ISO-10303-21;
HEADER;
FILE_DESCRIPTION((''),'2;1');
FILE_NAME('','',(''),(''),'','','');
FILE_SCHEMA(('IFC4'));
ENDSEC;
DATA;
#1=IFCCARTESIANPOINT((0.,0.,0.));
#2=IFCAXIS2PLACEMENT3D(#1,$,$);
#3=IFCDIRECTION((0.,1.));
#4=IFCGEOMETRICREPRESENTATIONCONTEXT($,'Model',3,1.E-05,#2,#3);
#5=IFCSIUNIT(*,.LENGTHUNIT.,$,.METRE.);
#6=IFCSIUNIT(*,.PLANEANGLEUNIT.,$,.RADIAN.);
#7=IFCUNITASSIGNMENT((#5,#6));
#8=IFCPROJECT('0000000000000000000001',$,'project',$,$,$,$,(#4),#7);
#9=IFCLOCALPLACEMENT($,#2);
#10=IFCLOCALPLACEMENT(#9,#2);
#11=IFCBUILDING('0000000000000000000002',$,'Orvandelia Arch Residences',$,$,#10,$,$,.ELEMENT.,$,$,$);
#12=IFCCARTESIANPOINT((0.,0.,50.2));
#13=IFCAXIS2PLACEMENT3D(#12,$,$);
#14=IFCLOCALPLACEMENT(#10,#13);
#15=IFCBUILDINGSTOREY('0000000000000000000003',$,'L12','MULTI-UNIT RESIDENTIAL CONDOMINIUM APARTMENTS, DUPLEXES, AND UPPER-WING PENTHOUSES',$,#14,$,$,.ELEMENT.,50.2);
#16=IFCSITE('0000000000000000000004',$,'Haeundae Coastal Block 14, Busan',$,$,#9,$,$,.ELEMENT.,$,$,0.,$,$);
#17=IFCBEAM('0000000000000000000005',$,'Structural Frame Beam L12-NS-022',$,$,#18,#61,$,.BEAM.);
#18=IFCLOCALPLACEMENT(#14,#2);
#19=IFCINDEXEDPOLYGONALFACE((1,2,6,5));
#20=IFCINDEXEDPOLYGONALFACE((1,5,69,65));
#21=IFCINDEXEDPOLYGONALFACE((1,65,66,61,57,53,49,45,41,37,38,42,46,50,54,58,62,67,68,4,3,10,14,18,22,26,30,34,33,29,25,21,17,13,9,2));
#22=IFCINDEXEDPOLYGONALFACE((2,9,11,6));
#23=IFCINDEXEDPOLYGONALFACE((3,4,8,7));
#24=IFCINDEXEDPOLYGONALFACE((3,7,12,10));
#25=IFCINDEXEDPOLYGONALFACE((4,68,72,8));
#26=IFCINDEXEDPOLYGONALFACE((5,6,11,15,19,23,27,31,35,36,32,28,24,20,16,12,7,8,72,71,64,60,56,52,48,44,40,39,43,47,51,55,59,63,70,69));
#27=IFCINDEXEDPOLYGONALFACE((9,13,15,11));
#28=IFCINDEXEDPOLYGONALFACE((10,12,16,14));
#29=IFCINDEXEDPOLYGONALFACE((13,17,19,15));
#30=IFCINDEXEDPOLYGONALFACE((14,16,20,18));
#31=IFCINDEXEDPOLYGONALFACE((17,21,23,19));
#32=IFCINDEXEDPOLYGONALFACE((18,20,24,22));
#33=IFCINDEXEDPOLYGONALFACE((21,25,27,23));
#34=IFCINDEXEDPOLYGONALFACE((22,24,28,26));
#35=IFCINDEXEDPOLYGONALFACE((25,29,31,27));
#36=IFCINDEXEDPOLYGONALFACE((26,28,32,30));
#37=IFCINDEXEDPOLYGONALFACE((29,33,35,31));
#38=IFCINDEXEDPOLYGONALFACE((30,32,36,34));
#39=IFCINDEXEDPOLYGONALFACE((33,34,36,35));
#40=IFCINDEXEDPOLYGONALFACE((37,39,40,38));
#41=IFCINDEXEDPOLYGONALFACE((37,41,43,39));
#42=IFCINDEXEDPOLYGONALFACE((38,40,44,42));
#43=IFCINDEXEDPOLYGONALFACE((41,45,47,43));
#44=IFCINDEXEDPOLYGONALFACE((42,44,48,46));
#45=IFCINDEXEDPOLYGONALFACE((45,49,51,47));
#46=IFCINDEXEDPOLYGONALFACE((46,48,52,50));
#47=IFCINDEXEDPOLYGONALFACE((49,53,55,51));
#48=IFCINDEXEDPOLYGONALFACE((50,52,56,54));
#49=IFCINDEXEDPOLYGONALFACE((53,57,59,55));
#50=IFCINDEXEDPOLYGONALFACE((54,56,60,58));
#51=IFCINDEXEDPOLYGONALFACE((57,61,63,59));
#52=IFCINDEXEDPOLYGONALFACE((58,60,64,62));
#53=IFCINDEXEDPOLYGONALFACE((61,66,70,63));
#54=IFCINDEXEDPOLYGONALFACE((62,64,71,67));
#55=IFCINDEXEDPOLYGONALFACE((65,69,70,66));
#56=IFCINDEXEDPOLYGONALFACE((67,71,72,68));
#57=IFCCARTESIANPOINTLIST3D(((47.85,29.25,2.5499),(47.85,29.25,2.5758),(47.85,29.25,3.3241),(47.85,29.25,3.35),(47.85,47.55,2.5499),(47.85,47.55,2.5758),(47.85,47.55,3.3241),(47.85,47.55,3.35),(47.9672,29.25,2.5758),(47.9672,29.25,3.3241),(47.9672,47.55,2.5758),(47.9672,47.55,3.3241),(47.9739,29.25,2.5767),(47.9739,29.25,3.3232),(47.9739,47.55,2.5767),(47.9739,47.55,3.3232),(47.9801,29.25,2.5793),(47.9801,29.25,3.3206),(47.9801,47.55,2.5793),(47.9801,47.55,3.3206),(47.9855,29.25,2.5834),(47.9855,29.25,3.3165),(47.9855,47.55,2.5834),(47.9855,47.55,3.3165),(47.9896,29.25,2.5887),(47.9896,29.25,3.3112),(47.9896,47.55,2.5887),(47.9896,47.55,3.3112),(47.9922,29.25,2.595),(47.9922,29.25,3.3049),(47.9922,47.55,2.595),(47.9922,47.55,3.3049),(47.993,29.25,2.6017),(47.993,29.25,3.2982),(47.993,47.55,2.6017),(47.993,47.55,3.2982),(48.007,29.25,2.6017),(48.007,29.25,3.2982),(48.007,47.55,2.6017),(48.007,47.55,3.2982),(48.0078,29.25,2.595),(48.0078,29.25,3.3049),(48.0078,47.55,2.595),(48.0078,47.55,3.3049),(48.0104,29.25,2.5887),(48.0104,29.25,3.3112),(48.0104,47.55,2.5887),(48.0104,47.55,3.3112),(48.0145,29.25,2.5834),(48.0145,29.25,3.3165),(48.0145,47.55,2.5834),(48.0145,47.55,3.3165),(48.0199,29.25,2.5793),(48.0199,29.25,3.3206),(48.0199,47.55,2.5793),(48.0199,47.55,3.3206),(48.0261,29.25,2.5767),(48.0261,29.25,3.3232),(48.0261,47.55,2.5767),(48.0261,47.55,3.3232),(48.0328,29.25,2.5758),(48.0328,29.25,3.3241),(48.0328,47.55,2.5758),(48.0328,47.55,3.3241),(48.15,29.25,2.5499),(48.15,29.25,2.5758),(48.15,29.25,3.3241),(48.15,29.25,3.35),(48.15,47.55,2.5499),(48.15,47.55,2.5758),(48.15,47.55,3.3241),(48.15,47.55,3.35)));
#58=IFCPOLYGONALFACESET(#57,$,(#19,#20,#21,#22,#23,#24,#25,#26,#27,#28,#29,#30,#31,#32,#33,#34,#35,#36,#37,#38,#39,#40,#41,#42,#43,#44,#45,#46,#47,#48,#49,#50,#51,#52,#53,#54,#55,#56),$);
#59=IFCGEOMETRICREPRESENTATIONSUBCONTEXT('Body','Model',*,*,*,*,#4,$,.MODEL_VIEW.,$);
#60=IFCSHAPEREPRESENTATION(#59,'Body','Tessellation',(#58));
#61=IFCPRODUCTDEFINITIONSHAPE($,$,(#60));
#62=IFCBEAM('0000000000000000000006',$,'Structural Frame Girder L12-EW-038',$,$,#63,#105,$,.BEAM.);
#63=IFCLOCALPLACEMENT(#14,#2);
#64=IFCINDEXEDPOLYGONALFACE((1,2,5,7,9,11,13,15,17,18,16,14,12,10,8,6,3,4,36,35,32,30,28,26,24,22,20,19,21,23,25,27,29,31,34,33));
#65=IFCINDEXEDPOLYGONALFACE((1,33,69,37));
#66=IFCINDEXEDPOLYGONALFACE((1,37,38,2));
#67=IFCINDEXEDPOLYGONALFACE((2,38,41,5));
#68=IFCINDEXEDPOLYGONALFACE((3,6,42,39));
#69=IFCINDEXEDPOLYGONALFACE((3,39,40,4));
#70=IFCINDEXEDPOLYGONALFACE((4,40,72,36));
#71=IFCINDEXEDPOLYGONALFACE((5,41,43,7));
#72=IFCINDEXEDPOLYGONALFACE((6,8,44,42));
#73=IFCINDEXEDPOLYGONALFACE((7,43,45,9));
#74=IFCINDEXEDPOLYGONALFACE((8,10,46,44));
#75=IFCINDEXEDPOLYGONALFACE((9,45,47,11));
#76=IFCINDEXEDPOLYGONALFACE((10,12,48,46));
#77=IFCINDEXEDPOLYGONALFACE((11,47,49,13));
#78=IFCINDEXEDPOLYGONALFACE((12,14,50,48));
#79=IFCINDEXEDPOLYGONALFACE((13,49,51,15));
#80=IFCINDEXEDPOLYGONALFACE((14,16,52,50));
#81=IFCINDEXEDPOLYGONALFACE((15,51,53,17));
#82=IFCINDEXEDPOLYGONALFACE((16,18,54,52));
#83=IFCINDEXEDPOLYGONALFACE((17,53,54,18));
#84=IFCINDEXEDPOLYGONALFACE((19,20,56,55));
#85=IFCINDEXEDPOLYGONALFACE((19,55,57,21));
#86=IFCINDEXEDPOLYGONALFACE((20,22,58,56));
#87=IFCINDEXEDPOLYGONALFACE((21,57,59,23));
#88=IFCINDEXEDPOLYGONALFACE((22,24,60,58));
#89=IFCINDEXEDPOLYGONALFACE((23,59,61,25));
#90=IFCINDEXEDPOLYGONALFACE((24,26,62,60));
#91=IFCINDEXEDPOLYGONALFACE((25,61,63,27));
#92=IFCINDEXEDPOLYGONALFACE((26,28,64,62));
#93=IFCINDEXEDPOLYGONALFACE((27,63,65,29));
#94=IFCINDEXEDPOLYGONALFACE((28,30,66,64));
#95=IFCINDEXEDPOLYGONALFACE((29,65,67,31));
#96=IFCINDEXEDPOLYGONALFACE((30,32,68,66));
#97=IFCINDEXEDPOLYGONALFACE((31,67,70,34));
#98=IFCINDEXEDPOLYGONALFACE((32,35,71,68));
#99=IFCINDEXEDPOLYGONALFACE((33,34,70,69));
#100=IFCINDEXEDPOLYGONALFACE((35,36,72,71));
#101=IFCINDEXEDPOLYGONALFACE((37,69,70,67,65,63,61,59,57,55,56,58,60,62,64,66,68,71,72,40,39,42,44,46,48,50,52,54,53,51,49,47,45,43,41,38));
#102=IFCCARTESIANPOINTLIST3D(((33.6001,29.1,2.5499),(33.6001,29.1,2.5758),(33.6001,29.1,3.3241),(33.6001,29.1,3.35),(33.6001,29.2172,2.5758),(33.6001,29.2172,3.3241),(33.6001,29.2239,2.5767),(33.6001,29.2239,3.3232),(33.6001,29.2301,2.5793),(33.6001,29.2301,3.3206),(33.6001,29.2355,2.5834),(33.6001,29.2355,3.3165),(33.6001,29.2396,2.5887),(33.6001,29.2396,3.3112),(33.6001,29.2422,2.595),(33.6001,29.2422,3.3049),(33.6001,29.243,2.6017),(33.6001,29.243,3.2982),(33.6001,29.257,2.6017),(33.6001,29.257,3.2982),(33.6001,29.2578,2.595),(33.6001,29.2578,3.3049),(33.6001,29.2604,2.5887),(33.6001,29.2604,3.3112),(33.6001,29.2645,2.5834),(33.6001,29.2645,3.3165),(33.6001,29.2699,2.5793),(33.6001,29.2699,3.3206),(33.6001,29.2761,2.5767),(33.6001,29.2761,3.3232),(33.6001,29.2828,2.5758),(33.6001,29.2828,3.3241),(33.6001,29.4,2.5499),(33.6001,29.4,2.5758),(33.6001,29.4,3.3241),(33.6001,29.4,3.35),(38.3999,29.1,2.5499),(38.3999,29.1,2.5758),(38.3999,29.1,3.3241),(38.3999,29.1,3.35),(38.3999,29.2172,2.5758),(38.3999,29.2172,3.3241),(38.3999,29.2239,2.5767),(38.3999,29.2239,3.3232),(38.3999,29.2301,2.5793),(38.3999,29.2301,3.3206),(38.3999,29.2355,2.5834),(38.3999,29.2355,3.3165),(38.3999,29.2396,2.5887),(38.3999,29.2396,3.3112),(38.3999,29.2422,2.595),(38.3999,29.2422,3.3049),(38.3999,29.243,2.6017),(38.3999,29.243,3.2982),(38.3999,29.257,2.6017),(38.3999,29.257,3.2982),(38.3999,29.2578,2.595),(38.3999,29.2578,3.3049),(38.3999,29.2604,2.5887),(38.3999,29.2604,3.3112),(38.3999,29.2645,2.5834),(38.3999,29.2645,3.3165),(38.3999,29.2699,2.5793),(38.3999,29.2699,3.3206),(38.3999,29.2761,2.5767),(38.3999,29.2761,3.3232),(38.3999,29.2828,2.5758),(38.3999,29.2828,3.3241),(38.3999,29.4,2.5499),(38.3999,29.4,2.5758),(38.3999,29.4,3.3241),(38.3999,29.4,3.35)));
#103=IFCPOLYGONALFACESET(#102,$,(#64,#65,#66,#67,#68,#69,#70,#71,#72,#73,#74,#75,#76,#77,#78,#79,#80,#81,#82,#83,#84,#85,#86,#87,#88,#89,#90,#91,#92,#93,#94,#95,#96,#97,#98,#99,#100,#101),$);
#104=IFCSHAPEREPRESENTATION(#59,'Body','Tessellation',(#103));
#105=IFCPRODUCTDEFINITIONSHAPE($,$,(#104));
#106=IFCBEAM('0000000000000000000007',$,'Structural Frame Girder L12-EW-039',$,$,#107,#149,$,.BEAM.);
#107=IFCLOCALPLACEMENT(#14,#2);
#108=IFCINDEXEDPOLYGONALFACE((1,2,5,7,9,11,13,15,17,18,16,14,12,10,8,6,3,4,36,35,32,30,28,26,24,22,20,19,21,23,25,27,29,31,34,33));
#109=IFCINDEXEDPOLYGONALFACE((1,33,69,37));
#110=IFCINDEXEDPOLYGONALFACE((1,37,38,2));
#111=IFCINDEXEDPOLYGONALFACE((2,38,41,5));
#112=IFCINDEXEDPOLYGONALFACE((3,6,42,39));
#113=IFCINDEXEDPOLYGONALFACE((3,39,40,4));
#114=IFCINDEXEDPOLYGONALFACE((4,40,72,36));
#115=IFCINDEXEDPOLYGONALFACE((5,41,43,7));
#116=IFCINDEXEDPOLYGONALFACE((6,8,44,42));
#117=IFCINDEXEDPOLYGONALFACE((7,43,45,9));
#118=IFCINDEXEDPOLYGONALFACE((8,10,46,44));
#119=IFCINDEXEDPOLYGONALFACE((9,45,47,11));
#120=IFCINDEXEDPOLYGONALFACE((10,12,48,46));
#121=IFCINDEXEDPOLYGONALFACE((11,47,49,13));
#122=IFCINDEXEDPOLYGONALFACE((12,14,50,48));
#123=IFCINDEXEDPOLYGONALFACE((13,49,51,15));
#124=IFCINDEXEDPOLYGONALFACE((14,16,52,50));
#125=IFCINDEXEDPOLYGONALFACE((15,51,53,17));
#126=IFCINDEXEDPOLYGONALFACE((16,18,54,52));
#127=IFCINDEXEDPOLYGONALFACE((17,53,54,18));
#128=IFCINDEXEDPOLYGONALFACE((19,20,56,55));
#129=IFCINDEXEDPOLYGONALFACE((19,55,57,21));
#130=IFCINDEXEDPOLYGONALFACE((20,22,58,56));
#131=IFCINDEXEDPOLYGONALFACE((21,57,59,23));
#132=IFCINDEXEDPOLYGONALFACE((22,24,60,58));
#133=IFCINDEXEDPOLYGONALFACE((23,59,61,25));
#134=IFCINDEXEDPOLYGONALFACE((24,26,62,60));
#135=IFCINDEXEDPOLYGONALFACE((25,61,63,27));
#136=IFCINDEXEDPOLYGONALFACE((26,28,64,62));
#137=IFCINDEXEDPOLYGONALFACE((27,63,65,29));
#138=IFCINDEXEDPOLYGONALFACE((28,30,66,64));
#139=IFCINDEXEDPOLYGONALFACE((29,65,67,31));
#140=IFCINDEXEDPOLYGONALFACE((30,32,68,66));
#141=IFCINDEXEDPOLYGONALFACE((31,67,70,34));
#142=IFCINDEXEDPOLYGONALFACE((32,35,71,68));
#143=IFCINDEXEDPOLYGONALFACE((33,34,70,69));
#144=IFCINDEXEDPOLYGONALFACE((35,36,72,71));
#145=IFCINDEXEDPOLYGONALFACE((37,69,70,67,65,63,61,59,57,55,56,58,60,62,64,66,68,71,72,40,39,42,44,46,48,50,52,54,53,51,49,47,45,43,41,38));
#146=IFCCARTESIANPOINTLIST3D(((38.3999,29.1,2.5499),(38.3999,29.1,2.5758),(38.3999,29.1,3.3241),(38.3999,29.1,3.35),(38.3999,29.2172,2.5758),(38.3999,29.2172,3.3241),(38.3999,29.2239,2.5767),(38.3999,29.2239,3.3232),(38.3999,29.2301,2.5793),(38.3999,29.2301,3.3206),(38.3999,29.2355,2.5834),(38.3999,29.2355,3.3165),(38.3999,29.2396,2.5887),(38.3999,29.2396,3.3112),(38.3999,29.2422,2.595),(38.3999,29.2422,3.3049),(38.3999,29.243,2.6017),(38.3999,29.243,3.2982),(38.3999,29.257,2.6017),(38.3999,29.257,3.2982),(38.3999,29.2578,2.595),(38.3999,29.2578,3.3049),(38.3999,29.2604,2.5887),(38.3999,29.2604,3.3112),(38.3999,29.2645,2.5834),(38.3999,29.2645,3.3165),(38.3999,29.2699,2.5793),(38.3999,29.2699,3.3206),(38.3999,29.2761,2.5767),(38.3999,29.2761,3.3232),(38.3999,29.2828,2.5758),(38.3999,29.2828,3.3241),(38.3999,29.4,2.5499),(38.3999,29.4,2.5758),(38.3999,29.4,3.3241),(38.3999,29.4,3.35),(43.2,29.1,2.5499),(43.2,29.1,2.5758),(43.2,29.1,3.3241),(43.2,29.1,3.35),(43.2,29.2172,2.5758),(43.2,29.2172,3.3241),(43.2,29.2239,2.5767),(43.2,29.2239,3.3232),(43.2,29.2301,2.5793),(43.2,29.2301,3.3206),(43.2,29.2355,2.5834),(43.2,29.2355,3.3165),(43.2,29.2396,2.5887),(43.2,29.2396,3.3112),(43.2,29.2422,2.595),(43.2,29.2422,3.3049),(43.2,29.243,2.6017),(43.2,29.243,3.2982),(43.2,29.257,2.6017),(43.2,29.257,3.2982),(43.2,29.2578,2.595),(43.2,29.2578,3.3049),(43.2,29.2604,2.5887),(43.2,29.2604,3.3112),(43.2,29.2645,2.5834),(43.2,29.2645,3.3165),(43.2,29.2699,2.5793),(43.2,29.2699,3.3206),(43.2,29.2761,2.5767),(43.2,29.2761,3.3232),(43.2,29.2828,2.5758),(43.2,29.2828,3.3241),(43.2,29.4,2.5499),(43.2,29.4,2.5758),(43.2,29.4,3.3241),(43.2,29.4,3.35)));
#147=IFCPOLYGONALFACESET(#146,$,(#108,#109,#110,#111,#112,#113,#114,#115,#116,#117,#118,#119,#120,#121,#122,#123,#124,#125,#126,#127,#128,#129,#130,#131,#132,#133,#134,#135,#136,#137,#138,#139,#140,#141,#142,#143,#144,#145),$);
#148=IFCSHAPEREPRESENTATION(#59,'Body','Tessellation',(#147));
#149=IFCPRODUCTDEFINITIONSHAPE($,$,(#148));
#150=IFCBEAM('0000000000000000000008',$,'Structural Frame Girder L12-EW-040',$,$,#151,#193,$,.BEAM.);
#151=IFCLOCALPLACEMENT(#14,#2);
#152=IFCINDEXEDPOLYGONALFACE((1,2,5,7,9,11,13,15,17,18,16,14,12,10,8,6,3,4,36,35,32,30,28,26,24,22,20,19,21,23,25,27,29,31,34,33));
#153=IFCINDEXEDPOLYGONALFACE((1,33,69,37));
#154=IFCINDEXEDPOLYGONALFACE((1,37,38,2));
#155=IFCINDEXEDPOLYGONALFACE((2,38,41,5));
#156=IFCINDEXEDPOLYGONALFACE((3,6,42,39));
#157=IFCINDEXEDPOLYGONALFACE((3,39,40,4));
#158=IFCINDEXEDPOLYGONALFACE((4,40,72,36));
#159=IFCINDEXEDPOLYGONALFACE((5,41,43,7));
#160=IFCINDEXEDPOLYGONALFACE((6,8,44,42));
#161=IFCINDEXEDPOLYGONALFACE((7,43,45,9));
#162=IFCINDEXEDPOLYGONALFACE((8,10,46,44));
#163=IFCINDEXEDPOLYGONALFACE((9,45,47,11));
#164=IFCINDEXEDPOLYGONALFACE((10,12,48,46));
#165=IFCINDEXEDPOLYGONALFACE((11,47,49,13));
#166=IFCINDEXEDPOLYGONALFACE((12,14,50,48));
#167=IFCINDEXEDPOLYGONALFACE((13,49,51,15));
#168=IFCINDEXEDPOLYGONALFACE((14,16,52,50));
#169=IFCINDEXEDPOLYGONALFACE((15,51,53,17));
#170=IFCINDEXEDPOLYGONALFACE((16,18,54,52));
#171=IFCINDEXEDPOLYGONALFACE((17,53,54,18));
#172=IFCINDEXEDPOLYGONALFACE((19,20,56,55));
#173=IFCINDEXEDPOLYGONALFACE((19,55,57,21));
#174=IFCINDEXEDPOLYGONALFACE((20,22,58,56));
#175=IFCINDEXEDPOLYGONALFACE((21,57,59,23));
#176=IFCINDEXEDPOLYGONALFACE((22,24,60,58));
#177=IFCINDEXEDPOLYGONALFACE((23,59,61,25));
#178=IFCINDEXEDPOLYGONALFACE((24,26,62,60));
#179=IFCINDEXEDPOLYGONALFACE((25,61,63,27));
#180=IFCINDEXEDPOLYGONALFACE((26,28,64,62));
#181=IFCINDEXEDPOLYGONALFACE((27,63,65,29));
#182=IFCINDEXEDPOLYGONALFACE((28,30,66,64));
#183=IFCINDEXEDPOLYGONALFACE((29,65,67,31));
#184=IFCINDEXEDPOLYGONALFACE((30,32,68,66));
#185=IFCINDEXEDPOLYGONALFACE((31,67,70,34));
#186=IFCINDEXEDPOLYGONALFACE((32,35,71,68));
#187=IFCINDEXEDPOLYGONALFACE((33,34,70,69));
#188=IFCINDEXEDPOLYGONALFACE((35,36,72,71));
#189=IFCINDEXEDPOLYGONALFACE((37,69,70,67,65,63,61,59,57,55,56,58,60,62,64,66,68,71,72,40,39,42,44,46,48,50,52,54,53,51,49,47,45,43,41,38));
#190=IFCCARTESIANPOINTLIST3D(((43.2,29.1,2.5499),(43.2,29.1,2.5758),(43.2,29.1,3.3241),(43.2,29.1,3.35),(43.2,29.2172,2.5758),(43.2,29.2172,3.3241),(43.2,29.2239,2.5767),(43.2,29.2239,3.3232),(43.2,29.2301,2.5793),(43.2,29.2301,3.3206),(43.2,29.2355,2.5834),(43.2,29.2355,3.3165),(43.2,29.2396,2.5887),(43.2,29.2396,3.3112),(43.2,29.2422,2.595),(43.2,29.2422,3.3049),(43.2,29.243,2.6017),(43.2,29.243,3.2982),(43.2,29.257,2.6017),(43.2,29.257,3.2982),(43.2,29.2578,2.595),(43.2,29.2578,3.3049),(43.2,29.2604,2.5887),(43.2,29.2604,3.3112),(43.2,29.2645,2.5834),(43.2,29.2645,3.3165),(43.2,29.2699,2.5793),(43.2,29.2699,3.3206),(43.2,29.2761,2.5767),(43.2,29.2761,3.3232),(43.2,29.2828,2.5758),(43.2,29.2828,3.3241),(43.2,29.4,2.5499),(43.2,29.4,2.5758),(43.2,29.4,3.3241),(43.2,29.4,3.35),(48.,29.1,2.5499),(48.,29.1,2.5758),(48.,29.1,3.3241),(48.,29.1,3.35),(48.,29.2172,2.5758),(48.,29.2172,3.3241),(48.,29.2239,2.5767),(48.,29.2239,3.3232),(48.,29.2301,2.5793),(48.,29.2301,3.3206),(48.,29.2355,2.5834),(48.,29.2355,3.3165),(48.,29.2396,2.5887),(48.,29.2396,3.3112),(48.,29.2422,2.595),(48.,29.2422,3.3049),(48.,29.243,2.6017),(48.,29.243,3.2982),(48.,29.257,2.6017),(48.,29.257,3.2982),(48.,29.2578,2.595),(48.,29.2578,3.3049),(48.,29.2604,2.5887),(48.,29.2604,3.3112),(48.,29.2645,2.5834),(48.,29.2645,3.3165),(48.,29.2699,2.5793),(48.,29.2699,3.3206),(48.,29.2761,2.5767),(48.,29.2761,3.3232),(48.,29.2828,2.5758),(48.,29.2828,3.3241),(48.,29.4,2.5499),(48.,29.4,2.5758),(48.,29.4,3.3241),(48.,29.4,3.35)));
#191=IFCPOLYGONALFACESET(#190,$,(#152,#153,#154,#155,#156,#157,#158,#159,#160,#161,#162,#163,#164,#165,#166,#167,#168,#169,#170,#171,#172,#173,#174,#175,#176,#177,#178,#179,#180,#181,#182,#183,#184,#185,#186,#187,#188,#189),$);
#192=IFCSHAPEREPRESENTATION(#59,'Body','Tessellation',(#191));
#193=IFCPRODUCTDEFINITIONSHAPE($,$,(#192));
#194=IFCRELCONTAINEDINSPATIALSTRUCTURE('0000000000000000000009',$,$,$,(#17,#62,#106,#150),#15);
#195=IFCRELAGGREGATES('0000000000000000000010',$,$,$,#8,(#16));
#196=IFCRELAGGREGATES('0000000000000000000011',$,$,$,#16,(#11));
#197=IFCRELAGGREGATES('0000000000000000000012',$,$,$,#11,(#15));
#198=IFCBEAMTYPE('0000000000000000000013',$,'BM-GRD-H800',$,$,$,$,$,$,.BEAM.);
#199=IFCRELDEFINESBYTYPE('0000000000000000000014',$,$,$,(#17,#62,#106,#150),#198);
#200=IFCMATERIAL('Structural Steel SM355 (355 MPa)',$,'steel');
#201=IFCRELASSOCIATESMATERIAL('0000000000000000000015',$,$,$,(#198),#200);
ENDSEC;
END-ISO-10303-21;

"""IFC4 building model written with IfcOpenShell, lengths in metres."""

from ifc_helpers import new_model, si_unit, direction, frame, origin, origin_2d, place, context, subcontext, project, spatial, i_section, extrude, material, material_profile, profile_set, type_object, element, save


model = new_model("IFC4")

# Units and contexts
model_context = context("Model", 3, precision=1e-05, world=origin(), true_north=direction((0.0, 1.0)))
body_context = subcontext(model_context, "Body", "Model", "MODEL_VIEW")
ifc_project = project(units=[si_unit("LENGTHUNIT", "METRE"), si_unit("PLANEANGLEUNIT", "RADIAN")], contexts=[model_context])

# Site, building, storey
site_placement = place(None, origin())
site = spatial("IfcSite", under=ifc_project, at=site_placement, Name="Haeundae Coastal Block 14, Busan", CompositionType="ELEMENT", RefElevation=0.0)
building_placement = place(site_placement, origin())
building = spatial("IfcBuilding", under=site, at=building_placement, Name="Orvandelia Arch Residences", CompositionType="ELEMENT")
storey_placement = place(building_placement, frame((0.0, 0.0, 50.2)))
storey = spatial("IfcBuildingStorey", under=building, at=storey_placement, Name="L12", Description="MULTI-UNIT RESIDENTIAL CONDOMINIUM APARTMENTS, DUPLEXES, AND UPPER-WING PENTHOUSES", CompositionType="ELEMENT", Elevation=50.2)

# Beams
ifc_material_1 = material(Name="Structural Steel SM355 (355 MPa)", Category="steel")
ifc_material_profile_1 = material_profile(ifc_material_1, i_section(OverallWidth=0.3, OverallDepth=0.8, WebThickness=0.0139, FlangeThickness=0.0259, FilletRadius=0.0259, at=origin_2d()), Name="Structural Steel SM355 (355 MPa)", Category="steel")
ifc_profile_set_1 = profile_set([ifc_material_profile_1], Name="Structural Steel SM355 (355 MPa)")
beam_type = type_object("IfcBeamType", Name="BM-GRD-H800", PredefinedType="BEAM", material=ifc_profile_set_1)
for number, where, z_axis, x_axis, name in (
    (1, (48.0, 29.25, 2.95), (0.0, 1.0, 0.0), (-1.0, 0.0, 0.0), "Structural Frame Beam L12-NS-022"),
):
    element("IfcBeam", number, at=place(storey_placement, frame(where, z_axis=z_axis, x_axis=x_axis)), inside=storey, type_object=beam_type, Name=name, PredefinedType="BEAM", context=body_context, shape_type="SweptSolid", body=[
        extrude(i_section(OverallWidth=0.3, OverallDepth=0.8, WebThickness=0.0139, FlangeThickness=0.0259, FilletRadius=0.0259, at=origin_2d()), origin(), (0.0, 0.0, 1.0), 18.3),
    ])
beam_1_placement = place(storey_placement, frame((33.6001, 29.25, 2.95), z_axis=(1.0, 0.0, 0.0), x_axis=(0.0, 1.0, 0.0)))
element("IfcBeam", 2, at=beam_1_placement, inside=storey, type_object=beam_type, Name="Structural Frame Girder L12-EW-038", PredefinedType="BEAM", context=body_context, shape_type="SweptSolid", body=[
    extrude(i_section(OverallWidth=0.3, OverallDepth=0.8, WebThickness=0.0139, FlangeThickness=0.0259, FilletRadius=0.0259, at=origin_2d()), origin(), (0.0, 0.0, 1.0), 4.7998),
])
for number, where, z_axis, x_axis, name in (
    (3, (38.3999, 29.25, 2.95), (1.0, 0.0, 0.0), (0.0, 1.0, 0.0), "Structural Frame Girder L12-EW-039"),
    (4, (43.2, 29.25, 2.95), (1.0, 0.0, 0.0), (0.0, 1.0, 0.0), "Structural Frame Girder L12-EW-040"),
):
    element("IfcBeam", number, at=place(storey_placement, frame(where, z_axis=z_axis, x_axis=x_axis)), inside=storey, type_object=beam_type, Name=name, PredefinedType="BEAM", context=body_context, shape_type="SweptSolid", body=[
        extrude(i_section(OverallWidth=0.3, OverallDepth=0.8, WebThickness=0.0139, FlangeThickness=0.0259, FilletRadius=0.0259, at=origin_2d()), origin(), (0.0, 0.0, 1.0), 4.8),
    ])

save(model, "model.ifc")
